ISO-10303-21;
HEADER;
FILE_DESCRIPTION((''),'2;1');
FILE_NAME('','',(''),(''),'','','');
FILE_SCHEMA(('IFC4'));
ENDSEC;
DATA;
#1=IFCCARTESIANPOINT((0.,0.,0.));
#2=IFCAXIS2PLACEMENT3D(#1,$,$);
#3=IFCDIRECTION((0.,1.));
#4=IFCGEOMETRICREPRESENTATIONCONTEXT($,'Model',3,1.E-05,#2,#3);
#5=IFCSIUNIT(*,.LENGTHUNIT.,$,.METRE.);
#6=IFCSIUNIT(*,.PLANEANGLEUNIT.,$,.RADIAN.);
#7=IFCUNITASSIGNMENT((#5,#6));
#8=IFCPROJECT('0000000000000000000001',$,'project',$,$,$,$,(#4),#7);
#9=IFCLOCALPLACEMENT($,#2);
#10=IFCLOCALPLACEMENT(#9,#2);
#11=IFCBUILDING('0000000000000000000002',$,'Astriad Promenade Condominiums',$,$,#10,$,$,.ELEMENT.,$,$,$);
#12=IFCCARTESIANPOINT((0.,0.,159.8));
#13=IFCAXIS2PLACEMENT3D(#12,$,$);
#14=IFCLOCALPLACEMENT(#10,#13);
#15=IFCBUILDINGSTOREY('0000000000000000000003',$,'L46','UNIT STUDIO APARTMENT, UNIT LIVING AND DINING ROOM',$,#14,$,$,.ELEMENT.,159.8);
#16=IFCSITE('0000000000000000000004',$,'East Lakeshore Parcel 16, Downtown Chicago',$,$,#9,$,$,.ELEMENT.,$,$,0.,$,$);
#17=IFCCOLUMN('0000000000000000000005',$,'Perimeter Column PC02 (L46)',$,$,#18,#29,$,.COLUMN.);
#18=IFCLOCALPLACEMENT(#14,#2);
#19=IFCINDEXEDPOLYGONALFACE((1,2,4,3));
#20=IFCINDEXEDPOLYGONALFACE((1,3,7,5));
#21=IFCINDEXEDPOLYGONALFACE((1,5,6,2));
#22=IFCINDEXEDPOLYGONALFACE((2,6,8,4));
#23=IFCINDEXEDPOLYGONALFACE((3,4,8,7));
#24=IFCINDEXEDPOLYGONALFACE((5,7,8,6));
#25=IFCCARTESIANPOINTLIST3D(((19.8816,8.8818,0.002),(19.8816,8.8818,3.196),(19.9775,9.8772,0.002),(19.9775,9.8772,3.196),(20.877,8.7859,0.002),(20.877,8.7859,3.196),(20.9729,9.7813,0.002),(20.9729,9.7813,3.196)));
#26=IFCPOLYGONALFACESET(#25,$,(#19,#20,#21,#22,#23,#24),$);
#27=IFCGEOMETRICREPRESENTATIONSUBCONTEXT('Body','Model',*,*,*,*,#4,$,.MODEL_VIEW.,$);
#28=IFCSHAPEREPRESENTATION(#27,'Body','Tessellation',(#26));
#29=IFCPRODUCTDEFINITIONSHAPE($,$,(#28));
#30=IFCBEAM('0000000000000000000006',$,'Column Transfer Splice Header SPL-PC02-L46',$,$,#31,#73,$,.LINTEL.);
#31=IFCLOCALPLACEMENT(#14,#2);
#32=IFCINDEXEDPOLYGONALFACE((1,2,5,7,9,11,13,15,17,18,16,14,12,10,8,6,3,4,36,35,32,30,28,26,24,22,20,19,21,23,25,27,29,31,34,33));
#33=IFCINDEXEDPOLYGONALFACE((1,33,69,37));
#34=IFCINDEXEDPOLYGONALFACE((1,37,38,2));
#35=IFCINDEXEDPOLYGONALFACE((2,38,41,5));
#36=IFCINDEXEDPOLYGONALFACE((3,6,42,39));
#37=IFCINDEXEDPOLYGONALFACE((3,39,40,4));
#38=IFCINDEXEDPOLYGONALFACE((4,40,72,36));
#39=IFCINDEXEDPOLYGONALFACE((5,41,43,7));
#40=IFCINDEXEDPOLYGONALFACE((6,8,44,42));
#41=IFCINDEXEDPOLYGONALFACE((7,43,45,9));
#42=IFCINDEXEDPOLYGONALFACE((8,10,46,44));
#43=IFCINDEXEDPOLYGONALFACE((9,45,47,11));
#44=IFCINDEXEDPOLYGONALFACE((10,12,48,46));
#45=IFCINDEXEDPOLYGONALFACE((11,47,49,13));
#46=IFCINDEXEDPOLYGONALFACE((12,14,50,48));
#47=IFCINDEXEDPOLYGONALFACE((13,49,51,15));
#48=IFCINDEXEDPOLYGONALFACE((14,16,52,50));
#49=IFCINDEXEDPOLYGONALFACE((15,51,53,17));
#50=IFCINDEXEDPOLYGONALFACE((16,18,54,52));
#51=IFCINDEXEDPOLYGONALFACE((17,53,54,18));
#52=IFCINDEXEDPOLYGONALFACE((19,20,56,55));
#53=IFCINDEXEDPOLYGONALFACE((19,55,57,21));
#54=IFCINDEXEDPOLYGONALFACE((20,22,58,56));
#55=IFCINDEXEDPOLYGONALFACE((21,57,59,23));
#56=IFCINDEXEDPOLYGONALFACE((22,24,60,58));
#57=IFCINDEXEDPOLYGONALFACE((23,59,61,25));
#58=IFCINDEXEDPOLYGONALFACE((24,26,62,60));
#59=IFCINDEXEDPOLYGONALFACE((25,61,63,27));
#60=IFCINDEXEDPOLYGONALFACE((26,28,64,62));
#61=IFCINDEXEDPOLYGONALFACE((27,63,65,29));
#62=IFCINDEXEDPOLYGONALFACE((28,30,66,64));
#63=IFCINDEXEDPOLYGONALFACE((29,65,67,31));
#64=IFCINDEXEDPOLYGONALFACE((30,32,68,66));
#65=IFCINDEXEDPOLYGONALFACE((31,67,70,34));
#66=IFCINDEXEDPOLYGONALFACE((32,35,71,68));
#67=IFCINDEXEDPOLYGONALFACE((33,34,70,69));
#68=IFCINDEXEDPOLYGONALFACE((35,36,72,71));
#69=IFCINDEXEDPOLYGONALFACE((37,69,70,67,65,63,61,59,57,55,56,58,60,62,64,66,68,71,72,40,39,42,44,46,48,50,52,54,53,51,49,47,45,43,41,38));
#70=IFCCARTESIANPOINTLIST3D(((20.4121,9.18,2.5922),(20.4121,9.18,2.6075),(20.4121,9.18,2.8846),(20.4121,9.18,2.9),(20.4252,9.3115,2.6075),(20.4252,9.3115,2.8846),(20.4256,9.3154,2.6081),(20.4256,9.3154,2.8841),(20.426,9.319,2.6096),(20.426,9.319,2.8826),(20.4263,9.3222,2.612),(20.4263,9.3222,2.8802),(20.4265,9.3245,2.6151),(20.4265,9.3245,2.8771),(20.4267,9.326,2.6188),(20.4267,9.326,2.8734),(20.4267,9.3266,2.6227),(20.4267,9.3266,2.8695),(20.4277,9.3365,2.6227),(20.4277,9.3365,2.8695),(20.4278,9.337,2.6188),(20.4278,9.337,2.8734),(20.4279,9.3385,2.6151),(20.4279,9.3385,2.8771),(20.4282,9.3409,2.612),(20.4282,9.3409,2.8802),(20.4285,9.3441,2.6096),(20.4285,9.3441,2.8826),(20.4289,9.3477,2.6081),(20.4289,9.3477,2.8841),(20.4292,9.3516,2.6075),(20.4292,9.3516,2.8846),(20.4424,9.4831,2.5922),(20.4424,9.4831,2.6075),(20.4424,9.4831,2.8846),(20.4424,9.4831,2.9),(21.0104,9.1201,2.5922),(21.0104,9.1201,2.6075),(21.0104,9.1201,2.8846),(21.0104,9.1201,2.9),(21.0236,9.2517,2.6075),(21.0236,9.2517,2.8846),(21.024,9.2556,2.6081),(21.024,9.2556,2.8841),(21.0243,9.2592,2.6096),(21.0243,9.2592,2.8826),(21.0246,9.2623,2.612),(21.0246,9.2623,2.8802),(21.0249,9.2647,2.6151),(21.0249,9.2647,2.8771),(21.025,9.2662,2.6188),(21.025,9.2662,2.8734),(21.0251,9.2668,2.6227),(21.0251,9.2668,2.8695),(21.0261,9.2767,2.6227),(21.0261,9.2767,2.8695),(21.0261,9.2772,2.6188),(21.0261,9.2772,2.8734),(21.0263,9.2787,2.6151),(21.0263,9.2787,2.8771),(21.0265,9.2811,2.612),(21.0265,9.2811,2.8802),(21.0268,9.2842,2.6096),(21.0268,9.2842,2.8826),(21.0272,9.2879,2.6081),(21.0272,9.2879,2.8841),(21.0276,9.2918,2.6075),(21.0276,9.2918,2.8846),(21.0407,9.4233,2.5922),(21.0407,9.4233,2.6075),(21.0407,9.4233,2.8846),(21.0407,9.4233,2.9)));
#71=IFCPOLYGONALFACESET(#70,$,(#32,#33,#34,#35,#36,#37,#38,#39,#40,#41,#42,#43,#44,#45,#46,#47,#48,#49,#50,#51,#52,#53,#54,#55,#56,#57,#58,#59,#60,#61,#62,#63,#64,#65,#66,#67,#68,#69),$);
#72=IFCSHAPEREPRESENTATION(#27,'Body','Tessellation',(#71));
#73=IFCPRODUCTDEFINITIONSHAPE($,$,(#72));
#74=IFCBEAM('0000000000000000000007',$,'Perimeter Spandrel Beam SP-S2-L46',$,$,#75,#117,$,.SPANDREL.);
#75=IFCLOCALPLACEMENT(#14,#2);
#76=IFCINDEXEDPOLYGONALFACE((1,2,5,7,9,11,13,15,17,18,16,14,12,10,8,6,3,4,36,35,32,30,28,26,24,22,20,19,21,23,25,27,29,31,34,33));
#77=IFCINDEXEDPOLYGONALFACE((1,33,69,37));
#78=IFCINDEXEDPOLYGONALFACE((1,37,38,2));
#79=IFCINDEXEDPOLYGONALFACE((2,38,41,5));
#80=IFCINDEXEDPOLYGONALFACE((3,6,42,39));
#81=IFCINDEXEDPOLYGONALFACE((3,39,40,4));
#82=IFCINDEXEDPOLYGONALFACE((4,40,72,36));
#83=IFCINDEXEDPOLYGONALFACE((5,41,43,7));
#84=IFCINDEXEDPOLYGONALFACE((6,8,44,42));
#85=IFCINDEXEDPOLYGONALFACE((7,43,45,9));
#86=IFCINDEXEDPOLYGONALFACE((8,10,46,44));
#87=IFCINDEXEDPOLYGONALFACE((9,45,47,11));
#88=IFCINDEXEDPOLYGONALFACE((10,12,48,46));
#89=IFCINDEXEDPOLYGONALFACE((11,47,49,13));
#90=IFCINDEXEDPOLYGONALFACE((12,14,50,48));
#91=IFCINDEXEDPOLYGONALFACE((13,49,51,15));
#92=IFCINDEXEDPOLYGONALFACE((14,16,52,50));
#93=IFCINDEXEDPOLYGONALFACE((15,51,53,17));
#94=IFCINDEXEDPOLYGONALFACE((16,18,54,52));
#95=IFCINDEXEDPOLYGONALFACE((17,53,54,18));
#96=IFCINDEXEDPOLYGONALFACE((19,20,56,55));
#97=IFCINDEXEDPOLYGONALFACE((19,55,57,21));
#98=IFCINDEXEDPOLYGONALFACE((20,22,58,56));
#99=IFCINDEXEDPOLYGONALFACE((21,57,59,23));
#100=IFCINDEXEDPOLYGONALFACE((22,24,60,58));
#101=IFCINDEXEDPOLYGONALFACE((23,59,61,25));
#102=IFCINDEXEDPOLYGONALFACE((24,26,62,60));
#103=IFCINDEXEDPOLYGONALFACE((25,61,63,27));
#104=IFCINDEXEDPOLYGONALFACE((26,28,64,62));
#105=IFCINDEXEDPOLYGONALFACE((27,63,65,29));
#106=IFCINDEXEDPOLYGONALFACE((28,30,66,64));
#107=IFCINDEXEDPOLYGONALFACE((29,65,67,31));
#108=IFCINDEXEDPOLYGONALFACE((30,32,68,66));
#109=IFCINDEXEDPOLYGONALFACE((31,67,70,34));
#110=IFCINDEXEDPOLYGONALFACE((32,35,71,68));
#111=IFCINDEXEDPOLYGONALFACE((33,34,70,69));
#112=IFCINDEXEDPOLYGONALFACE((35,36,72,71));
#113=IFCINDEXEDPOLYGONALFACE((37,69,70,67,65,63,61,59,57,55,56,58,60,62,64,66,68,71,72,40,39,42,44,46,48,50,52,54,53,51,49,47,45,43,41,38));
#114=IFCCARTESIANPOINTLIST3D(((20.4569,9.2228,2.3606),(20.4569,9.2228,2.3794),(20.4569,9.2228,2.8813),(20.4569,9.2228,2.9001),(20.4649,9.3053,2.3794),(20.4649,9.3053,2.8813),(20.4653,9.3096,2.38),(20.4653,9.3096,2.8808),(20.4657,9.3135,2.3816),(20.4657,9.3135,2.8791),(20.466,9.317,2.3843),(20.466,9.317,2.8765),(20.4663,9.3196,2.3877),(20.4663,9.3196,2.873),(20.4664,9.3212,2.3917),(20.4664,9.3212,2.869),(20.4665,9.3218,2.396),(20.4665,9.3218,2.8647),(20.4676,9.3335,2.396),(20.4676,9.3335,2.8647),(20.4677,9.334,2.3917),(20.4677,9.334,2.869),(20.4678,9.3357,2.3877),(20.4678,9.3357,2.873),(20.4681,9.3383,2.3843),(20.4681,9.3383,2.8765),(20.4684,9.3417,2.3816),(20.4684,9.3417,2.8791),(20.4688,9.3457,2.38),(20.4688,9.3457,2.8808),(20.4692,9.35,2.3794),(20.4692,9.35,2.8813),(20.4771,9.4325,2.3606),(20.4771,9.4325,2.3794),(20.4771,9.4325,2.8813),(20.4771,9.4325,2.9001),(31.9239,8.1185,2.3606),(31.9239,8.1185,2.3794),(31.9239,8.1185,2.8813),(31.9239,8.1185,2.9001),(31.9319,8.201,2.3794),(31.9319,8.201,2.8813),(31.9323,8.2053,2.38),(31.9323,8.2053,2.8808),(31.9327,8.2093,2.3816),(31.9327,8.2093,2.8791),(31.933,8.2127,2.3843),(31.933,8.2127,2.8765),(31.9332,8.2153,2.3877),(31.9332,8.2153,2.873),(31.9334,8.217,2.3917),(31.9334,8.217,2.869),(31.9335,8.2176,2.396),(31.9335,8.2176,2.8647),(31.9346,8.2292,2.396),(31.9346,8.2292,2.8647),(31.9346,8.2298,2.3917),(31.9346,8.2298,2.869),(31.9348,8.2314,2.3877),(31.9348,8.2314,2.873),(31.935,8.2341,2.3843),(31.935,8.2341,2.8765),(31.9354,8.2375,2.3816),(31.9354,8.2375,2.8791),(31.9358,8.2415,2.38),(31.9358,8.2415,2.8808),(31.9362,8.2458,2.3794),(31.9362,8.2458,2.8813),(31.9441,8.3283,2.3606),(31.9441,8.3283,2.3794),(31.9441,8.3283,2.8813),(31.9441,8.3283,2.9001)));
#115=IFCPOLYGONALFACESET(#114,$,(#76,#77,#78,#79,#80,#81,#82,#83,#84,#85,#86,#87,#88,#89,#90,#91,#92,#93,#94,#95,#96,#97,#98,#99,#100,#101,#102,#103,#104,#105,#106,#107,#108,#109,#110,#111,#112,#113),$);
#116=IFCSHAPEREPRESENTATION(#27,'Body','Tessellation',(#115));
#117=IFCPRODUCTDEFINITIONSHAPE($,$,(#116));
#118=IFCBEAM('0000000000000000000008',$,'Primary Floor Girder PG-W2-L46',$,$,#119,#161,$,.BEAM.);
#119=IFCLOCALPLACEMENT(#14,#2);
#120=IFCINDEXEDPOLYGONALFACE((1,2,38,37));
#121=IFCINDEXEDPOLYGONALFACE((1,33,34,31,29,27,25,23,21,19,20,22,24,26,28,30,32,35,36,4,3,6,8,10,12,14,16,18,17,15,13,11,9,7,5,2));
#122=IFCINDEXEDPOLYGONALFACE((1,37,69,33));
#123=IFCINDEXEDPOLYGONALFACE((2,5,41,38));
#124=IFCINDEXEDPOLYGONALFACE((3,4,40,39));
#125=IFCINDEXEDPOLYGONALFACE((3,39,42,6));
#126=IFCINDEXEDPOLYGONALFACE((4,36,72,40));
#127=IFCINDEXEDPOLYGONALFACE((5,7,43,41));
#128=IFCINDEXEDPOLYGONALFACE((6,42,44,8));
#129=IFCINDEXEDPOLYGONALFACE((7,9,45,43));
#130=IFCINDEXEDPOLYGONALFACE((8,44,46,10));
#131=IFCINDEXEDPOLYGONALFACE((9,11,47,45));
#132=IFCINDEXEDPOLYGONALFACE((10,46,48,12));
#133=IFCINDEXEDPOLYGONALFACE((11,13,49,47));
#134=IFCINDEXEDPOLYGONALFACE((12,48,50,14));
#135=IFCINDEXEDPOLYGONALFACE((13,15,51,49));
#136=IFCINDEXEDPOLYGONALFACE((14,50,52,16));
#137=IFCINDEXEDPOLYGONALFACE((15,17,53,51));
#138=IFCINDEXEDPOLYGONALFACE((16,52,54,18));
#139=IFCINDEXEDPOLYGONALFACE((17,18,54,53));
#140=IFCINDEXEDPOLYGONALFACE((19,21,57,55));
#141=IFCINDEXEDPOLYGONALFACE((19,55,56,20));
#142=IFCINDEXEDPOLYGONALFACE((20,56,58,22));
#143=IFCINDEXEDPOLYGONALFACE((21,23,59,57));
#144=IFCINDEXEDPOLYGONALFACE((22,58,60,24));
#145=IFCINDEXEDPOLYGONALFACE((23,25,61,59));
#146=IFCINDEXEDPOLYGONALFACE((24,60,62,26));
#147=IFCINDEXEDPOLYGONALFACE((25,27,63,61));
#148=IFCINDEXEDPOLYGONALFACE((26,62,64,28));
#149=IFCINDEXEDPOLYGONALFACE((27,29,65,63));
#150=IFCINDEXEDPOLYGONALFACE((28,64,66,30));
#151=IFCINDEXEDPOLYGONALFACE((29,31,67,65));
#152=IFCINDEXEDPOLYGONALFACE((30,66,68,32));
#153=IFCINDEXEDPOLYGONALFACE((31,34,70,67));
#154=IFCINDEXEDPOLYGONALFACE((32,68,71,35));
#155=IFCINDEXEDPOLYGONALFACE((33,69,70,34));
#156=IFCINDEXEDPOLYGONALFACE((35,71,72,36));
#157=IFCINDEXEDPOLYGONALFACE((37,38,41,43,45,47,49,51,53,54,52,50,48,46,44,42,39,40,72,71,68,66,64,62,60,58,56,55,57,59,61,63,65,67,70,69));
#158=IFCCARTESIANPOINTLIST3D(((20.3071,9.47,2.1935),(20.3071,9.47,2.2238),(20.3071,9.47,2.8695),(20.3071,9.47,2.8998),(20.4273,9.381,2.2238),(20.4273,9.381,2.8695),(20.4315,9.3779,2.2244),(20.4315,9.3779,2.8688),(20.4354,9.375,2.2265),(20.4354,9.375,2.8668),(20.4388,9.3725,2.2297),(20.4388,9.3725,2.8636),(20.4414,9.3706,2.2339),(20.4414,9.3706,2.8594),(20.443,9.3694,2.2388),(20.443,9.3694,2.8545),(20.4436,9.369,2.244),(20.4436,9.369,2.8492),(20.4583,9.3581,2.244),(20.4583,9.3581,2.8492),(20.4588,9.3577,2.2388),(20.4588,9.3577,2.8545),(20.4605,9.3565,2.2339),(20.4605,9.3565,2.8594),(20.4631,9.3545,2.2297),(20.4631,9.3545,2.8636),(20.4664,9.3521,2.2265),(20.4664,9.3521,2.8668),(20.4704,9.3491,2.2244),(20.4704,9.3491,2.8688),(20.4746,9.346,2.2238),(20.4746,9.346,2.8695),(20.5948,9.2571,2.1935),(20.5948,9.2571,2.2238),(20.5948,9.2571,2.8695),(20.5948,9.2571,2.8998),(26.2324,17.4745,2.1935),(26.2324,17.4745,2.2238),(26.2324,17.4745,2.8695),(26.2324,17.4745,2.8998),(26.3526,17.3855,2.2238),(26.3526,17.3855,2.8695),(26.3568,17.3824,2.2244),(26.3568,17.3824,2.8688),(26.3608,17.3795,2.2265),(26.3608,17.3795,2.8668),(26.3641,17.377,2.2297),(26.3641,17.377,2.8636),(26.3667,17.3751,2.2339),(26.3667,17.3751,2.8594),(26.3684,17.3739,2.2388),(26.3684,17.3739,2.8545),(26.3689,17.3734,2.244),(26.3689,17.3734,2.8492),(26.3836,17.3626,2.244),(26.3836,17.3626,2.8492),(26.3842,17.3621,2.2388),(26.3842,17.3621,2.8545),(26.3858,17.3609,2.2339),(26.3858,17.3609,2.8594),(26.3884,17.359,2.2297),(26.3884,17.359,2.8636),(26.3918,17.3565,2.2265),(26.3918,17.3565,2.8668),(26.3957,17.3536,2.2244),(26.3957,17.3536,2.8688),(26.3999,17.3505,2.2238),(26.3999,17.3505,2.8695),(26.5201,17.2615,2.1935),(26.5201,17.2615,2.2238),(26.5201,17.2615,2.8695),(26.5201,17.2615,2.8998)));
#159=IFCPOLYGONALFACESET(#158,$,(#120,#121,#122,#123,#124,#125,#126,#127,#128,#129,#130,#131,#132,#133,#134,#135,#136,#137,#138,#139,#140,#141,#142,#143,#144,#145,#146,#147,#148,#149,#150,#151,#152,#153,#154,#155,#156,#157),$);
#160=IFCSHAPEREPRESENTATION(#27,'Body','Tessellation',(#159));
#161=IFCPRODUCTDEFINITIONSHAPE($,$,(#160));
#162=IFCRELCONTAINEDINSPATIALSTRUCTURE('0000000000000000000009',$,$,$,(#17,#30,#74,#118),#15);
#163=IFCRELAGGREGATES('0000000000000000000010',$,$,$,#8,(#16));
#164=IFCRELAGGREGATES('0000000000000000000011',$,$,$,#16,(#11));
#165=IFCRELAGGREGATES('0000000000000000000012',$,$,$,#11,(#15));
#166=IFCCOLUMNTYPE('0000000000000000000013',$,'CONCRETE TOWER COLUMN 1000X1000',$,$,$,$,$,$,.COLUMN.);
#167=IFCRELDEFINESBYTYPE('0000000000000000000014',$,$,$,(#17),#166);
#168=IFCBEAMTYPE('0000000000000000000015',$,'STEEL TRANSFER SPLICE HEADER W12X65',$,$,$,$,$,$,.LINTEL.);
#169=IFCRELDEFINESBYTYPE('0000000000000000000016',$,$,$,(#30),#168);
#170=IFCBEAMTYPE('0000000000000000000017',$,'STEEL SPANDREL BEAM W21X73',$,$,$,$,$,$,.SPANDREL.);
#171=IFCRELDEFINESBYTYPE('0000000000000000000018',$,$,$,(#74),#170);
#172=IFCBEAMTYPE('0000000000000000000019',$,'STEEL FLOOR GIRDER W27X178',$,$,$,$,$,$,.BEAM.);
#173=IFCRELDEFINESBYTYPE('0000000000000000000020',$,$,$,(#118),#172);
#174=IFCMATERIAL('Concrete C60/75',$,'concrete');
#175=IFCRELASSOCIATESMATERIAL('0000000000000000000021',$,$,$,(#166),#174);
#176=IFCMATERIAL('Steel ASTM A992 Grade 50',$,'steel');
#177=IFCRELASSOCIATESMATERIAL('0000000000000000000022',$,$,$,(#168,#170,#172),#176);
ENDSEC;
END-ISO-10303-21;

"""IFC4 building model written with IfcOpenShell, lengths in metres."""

from ifc_helpers import new_model, si_unit, direction, frame, origin, origin_2d, place, context, subcontext, project, spatial, rectangle, i_section, extrude, source, transform, mapped, material, material_profile, profile_set, type_object, type_shapes, element, save


model = new_model("IFC4")

# Units and contexts
model_context = context("Model", 3, precision=1e-05, world=origin(), true_north=direction((0.0, 1.0)))
body_context = subcontext(model_context, "Body", "Model", "MODEL_VIEW")
ifc_project = project(units=[si_unit("LENGTHUNIT", "METRE"), si_unit("PLANEANGLEUNIT", "RADIAN")], contexts=[model_context])

# Site, building, storey
site_placement = place(None, origin())
site = spatial("IfcSite", under=ifc_project, at=site_placement, Name="East Lakeshore Parcel 16, Downtown Chicago", CompositionType="ELEMENT", RefElevation=0.0)
building_placement = place(site_placement, origin())
building = spatial("IfcBuilding", under=site, at=building_placement, Name="Astriad Promenade Condominiums", CompositionType="ELEMENT")
storey_placement = place(building_placement, frame((0.0, 0.0, 159.8)))
storey = spatial("IfcBuildingStorey", under=building, at=storey_placement, Name="L46", Description="UNIT STUDIO APARTMENT, UNIT LIVING AND DINING ROOM", CompositionType="ELEMENT", Elevation=159.8)

# Column
ifc_material_1 = material(Name="Concrete C60/75", Category="concrete")
ifc_material_profile_1 = material_profile(ifc_material_1, rectangle(XDim=1.0, YDim=1.0, at=origin_2d()), Name="RC-COL-1000X1000")
ifc_profile_set_1 = profile_set([ifc_material_profile_1], Name="Concrete C60/75")
column_type = type_object("IfcColumnType", Name="CONCRETE TOWER COLUMN 1000X1000", PredefinedType="COLUMN", material=ifc_profile_set_1)
shared_shape_1 = source(origin(), body_context, "Body", "SweptSolid", [
    extrude(rectangle(XDim=1.0, YDim=1.0, at=origin_2d()), origin(), (0.0, 0.0, 1.0), 3.1941),
])
type_shapes(column_type, [shared_shape_1])
column_placement = place(storey_placement, frame((20.4272, 9.3315, 0.002), z_axis=(0.0, 0.0, 1.0), x_axis=(0.995396, -0.095846, 0.0)))
element("IfcColumn", 1, at=column_placement, inside=storey, type_object=column_type, Name="Perimeter Column PC02 (L46)", PredefinedType="COLUMN", context=body_context, shape_type="MappedRepresentation", body=[
    mapped(shared_shape_1, transform((0.0, 0.0, 0.0), scale=1.0)),
])

# Beams
ifc_material_2 = material(Name="Steel ASTM A992 Grade 50", Category="steel")
ifc_material_profile_2 = material_profile(ifc_material_2, i_section(OverallWidth=0.3047, OverallDepth=0.3079, WebThickness=0.01, FlangeThickness=0.0154, FilletRadius=0.0151, at=origin_2d()), Name="W12X65")
ifc_profile_set_2 = profile_set([ifc_material_profile_2], Name="Steel ASTM A992 Grade 50")
beam_type_1 = type_object("IfcBeamType", Name="STEEL TRANSFER SPLICE HEADER W12X65", PredefinedType="LINTEL", material=ifc_profile_set_2)
shared_shape_2 = source(origin(), body_context, "Body", "SweptSolid", [
    extrude(i_section(OverallWidth=0.3047, OverallDepth=0.3079, WebThickness=0.01, FlangeThickness=0.0154, FilletRadius=0.0151, at=origin_2d()), origin(), (0.0, 0.0, 1.0), 0.6013),
])
type_shapes(beam_type_1, [shared_shape_2])
beam_1_placement = place(storey_placement, frame((20.4272, 9.3315, 2.7461), z_axis=(0.995041, -0.099464, 0.0), x_axis=(0.099464, 0.995041, 0.0)))
element("IfcBeam", 2, at=beam_1_placement, inside=storey, type_object=beam_type_1, Name="Column Transfer Splice Header SPL-PC02-L46", PredefinedType="LINTEL", context=body_context, shape_type="MappedRepresentation", body=[
    mapped(shared_shape_2, transform((0.0, 0.0, 0.0), scale=1.0)),
])
ifc_material_profile_3 = material_profile(ifc_material_2, i_section(OverallWidth=0.2107, OverallDepth=0.5396, WebThickness=0.0117, FlangeThickness=0.0188, FilletRadius=0.0166, at=origin_2d()), Name="W21X73")
ifc_profile_set_3 = profile_set([ifc_material_profile_3], Name="Steel ASTM A992 Grade 50")
beam_type_2 = type_object("IfcBeamType", Name="STEEL SPANDREL BEAM W21X73", PredefinedType="SPANDREL", material=ifc_profile_set_3)
shared_shape_3 = source(origin(), body_context, "Body", "SweptSolid", [
    extrude(i_section(OverallWidth=0.2107, OverallDepth=0.5396, WebThickness=0.0117, FlangeThickness=0.0188, FilletRadius=0.0166, at=origin_2d()), origin(), (0.0, 0.0, 1.0), 11.52),
])
type_shapes(beam_type_2, [shared_shape_3])
beam_2_placement = place(storey_placement, frame((20.467, 9.3276, 2.6304), z_axis=(0.995395, -0.095854, 0.0), x_axis=(0.095854, 0.995395, 0.0)))
element("IfcBeam", 3, at=beam_2_placement, inside=storey, type_object=beam_type_2, Name="Perimeter Spandrel Beam SP-S2-L46", PredefinedType="SPANDREL", context=body_context, shape_type="MappedRepresentation", body=[
    mapped(shared_shape_3, transform((0.0, 0.0, 0.0), scale=1.0)),
])
ifc_material_profile_4 = material_profile(ifc_material_2, i_section(OverallWidth=0.3579, OverallDepth=0.7063, WebThickness=0.0183, FlangeThickness=0.0303, FilletRadius=0.0203, at=origin_2d()), Name="W27X178")
ifc_profile_set_4 = profile_set([ifc_material_profile_4], Name="Steel ASTM A992 Grade 50")
beam_type_3 = type_object("IfcBeamType", Name="STEEL FLOOR GIRDER W27X178", PredefinedType="BEAM", material=ifc_profile_set_4)
shared_shape_4 = source(origin(), body_context, "Body", "SweptSolid", [
    extrude(i_section(OverallWidth=0.3579, OverallDepth=0.7063, WebThickness=0.0183, FlangeThickness=0.0303, FilletRadius=0.0203, at=origin_2d()), origin(), (0.0, 0.0, 1.0), 9.959),
])
type_shapes(beam_type_3, [shared_shape_4])
beam_3_placement = place(storey_placement, frame((20.4509, 9.3635, 2.5466), z_axis=(0.594975, 0.803744, 0.0), x_axis=(-0.803744, 0.594975, 0.0)))
element("IfcBeam", 4, at=beam_3_placement, inside=storey, type_object=beam_type_3, Name="Primary Floor Girder PG-W2-L46", PredefinedType="BEAM", context=body_context, shape_type="MappedRepresentation", body=[
    mapped(shared_shape_4, transform((0.0, 0.0, 0.0), scale=1.0)),
])

save(model, "model.ifc")
